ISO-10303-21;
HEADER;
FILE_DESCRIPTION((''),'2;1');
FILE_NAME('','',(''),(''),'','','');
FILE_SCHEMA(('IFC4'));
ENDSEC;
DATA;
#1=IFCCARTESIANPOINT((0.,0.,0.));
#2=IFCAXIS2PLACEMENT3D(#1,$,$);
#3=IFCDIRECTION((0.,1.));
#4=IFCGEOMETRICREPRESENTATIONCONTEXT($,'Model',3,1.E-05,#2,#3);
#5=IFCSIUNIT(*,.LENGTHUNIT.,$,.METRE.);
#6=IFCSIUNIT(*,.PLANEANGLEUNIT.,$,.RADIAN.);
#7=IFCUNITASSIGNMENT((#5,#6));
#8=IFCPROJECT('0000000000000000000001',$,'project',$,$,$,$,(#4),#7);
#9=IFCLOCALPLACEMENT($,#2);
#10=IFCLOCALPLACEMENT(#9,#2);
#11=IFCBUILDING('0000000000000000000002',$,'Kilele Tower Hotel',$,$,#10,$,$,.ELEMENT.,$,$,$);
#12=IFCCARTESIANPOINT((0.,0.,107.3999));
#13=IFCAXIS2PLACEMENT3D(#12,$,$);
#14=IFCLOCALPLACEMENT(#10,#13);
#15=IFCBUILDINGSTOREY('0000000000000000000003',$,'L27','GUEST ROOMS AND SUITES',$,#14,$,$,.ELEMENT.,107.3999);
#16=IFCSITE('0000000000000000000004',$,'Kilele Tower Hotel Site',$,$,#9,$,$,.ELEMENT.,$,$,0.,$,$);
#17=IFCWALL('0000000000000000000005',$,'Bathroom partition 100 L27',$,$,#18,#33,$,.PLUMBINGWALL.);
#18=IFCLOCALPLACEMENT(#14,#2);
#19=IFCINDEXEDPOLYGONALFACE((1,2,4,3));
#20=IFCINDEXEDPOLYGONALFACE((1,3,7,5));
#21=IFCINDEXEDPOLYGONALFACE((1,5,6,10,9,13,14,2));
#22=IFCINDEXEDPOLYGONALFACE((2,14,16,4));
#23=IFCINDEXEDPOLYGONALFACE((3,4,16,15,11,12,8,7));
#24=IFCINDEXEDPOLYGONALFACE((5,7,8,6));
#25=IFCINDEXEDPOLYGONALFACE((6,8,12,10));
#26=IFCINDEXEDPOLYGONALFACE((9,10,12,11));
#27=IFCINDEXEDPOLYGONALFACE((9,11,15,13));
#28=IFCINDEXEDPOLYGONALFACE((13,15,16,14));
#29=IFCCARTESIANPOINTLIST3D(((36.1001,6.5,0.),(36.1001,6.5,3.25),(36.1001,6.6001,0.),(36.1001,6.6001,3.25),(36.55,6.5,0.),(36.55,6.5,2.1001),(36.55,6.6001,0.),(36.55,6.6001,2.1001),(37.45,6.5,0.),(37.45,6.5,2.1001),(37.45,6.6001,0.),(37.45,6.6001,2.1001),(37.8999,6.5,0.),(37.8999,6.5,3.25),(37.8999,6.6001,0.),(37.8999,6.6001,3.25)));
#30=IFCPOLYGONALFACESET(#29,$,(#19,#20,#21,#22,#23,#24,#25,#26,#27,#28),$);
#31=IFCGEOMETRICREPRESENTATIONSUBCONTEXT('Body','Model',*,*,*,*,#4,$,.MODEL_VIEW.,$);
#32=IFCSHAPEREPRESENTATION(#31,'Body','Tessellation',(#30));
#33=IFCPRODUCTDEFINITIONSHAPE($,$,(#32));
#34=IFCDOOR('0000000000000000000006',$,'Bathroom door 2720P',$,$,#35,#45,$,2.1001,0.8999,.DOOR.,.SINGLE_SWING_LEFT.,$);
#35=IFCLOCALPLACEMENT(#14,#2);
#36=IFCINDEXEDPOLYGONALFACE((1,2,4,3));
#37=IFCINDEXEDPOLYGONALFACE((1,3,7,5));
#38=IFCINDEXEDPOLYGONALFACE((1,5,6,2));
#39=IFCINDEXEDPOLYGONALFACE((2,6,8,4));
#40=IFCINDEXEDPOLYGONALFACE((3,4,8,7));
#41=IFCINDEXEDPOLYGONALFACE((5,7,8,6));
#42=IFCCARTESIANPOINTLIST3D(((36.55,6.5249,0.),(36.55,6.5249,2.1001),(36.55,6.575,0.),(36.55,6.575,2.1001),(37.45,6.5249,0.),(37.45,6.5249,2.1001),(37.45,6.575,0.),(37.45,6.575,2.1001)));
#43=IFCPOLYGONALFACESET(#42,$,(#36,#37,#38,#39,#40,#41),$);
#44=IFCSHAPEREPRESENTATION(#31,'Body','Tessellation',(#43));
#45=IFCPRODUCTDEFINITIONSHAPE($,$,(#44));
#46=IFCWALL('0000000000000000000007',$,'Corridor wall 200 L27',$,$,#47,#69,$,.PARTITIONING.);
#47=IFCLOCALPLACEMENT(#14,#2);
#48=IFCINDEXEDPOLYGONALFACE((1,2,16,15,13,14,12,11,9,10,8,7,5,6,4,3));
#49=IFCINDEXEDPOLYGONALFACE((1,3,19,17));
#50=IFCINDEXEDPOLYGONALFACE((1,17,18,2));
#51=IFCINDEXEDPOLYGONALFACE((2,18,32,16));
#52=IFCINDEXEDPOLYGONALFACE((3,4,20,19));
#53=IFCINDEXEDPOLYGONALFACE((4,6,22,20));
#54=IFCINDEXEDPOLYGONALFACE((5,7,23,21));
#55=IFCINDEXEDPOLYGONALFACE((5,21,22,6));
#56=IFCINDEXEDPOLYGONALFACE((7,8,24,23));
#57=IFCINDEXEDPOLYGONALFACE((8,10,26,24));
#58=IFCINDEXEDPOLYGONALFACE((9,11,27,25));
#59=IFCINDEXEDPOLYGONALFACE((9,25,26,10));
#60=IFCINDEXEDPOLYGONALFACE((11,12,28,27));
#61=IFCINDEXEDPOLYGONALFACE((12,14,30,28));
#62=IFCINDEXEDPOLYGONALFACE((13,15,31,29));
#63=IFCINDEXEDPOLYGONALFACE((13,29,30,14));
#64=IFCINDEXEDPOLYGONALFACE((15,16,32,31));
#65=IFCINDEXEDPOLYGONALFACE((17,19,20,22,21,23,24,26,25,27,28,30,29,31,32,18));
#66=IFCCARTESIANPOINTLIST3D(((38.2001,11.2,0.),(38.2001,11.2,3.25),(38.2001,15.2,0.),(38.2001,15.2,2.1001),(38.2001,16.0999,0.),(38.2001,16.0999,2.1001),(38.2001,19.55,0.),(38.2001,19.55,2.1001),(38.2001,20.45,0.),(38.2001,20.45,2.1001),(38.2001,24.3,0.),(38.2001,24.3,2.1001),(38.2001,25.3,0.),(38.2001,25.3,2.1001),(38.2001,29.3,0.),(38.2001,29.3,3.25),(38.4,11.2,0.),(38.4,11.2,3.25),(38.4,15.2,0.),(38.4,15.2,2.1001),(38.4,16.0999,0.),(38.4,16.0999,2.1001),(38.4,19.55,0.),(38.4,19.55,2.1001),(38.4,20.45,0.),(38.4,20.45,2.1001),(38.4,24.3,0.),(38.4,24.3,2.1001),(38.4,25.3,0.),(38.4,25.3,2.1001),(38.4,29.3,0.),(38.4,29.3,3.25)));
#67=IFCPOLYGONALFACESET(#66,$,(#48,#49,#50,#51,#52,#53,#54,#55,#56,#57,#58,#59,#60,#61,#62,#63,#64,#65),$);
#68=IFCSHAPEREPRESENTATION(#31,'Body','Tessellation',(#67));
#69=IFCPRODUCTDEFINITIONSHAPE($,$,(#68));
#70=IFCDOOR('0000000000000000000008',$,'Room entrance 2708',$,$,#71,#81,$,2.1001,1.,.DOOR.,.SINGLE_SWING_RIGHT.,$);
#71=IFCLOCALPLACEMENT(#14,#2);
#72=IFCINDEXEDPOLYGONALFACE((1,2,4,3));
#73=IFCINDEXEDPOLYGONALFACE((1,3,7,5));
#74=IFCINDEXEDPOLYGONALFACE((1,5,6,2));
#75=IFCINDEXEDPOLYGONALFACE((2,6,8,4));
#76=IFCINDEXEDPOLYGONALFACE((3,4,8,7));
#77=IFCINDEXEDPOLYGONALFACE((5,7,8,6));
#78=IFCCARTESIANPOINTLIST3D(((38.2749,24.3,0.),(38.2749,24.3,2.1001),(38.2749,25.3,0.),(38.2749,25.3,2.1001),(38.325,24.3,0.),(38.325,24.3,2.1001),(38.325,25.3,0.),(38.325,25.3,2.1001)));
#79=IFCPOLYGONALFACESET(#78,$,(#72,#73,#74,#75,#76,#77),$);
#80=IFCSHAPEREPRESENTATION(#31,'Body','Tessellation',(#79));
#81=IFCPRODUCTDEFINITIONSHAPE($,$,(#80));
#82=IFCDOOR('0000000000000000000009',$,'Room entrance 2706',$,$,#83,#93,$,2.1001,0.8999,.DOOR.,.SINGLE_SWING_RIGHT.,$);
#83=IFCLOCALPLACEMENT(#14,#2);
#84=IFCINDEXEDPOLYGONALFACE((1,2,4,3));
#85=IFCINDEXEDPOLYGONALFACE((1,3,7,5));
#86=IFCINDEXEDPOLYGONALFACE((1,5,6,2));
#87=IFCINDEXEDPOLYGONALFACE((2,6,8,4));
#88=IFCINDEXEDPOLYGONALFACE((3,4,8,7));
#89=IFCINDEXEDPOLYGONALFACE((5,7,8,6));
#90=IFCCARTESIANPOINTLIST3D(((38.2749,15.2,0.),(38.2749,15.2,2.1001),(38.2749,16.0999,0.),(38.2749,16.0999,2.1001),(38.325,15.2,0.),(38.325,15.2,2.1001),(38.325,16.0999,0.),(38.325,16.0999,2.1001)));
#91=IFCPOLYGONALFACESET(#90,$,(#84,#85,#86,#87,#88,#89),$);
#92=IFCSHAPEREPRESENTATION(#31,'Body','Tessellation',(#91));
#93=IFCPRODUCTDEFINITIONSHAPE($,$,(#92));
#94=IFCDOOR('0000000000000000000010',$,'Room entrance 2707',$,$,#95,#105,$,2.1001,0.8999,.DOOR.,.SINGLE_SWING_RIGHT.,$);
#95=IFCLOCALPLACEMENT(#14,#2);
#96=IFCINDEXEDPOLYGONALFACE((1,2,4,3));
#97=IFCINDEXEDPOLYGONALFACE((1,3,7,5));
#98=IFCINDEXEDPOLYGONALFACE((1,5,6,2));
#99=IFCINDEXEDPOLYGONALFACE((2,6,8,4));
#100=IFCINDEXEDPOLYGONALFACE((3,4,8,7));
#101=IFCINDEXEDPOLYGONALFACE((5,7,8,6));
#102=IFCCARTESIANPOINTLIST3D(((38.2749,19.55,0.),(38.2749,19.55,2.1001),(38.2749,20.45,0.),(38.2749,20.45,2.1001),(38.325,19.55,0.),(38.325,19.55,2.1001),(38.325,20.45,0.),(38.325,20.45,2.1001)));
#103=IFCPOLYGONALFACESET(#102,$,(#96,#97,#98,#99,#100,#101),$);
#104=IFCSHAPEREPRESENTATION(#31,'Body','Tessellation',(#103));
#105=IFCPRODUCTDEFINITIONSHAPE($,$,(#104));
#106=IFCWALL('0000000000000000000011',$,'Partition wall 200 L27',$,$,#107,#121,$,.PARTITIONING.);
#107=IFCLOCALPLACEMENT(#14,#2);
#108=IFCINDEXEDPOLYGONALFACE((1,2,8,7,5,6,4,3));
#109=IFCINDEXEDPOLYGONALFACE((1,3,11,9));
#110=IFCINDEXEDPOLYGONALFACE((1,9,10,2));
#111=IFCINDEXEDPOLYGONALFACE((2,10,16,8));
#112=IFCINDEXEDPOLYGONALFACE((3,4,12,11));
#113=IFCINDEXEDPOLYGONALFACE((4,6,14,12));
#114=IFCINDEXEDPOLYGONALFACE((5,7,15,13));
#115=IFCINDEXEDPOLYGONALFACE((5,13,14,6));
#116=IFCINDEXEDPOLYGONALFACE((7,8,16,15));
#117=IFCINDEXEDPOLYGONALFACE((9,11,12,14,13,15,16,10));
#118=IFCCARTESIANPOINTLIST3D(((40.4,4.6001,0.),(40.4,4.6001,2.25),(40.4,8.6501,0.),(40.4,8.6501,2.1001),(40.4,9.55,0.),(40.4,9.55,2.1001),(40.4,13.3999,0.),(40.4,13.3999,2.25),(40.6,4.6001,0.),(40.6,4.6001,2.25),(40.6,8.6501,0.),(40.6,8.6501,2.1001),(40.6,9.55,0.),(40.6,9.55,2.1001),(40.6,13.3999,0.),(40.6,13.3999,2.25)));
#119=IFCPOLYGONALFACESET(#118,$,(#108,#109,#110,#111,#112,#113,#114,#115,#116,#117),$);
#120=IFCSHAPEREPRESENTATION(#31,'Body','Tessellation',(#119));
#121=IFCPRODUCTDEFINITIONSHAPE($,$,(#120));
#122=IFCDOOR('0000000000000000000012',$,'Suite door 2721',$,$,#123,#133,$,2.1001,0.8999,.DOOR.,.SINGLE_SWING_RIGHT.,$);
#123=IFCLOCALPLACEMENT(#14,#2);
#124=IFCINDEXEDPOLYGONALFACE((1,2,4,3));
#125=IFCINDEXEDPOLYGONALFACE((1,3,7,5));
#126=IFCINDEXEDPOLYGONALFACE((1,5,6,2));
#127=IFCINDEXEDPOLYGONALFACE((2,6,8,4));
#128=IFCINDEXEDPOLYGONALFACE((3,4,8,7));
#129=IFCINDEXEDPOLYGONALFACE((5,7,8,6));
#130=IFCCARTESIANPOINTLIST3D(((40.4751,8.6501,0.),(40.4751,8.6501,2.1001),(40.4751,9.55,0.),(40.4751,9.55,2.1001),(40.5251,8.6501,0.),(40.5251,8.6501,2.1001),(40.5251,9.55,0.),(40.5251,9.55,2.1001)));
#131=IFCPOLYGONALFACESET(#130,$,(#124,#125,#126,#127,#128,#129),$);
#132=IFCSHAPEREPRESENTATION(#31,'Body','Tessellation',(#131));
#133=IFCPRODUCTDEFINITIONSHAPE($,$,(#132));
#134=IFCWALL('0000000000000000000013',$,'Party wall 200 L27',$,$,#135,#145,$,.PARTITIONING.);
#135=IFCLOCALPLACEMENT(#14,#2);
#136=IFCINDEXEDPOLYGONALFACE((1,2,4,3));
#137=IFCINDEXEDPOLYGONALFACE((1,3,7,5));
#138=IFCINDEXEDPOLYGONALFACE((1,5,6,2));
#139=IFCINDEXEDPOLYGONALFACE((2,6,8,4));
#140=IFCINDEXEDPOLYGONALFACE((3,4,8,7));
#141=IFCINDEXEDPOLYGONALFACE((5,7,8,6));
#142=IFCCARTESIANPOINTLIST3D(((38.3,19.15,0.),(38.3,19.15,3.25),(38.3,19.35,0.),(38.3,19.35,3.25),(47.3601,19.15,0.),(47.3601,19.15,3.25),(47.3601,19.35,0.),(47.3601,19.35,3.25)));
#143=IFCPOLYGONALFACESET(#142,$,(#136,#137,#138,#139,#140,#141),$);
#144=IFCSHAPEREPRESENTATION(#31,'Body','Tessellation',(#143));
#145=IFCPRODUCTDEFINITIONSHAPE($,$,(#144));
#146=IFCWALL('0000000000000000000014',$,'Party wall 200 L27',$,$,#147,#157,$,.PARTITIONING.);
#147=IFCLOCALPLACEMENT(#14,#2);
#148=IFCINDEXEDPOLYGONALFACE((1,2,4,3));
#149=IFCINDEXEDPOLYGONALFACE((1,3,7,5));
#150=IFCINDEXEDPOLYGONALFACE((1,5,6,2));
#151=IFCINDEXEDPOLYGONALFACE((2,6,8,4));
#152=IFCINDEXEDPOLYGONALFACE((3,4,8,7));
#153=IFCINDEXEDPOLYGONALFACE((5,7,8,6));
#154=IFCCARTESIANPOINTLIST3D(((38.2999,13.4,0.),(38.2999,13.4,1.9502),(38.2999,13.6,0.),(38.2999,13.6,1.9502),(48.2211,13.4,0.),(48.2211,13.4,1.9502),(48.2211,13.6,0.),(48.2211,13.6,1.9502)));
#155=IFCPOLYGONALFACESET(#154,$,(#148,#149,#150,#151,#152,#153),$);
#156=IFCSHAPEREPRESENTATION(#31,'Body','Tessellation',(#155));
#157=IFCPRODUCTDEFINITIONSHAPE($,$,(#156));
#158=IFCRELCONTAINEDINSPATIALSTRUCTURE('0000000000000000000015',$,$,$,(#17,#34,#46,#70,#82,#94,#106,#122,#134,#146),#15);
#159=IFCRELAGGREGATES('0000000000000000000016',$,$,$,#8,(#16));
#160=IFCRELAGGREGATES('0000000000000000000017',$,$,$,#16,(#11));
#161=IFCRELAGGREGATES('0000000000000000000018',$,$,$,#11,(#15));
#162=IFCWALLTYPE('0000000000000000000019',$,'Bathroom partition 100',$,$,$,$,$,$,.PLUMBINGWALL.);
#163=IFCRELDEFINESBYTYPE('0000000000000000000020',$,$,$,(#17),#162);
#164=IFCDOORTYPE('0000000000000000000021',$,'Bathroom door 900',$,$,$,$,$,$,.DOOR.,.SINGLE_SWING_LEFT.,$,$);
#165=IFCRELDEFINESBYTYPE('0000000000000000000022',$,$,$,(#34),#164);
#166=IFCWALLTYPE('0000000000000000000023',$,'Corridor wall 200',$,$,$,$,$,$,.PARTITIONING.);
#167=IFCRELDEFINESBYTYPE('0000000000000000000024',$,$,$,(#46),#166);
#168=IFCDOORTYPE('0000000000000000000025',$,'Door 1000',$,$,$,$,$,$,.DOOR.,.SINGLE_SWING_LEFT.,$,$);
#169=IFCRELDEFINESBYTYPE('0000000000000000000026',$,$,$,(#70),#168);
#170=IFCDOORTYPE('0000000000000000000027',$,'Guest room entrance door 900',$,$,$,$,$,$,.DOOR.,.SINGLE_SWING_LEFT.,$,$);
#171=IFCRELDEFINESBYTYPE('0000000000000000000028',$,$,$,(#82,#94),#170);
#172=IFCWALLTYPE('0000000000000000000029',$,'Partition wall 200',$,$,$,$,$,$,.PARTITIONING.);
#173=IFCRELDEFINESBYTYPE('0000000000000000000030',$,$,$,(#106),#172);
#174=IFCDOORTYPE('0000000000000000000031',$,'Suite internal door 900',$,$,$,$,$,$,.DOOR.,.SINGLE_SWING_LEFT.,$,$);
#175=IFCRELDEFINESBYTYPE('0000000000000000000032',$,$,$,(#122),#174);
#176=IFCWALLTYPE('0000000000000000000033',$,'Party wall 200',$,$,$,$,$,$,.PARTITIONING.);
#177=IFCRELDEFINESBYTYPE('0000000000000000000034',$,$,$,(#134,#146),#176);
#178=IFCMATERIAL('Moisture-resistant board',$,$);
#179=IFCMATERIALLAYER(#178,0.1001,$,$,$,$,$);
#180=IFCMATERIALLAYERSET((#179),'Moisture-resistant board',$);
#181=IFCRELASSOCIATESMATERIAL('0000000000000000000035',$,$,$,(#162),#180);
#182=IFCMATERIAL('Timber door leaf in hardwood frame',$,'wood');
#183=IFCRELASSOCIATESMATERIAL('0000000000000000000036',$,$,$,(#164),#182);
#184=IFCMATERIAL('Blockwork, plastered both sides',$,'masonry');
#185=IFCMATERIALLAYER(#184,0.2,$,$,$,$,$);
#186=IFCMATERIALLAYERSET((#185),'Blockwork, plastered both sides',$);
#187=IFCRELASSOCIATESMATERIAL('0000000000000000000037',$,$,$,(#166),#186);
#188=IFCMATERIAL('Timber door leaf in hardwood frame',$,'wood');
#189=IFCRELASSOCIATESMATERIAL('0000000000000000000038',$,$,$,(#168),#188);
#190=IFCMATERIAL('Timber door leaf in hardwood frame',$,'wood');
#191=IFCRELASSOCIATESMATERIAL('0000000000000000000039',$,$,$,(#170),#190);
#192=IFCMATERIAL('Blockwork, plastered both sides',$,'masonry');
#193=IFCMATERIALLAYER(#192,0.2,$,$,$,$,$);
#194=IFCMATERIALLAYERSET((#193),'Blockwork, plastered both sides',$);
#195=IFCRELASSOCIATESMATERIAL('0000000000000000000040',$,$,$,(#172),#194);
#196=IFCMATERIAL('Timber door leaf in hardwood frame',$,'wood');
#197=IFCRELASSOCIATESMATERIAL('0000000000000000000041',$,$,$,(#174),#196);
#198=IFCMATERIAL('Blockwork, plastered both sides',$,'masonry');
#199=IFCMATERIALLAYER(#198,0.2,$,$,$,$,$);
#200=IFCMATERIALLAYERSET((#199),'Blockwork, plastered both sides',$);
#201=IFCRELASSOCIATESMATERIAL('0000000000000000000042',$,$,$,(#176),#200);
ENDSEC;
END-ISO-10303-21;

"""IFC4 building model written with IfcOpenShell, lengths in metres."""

from ifc_helpers import new_model, si_unit, direction, frame, frame_2d, origin, place, context, subcontext, project, spatial, rectangle, extrude, material, layer, layer_set, type_object, element, fill, save


model = new_model("IFC4")

# Units and contexts
model_context = context("Model", 3, precision=1e-05, world=origin(), true_north=direction((0.0, 1.0)))
body_context = subcontext(model_context, "Body", "Model", "MODEL_VIEW")
ifc_project = project(units=[si_unit("LENGTHUNIT", "METRE"), si_unit("PLANEANGLEUNIT", "RADIAN")], contexts=[model_context])

# Site, building, storey
site_placement = place(None, origin())
site = spatial("IfcSite", under=ifc_project, at=site_placement, Name="Kilele Tower Hotel Site", CompositionType="ELEMENT", RefElevation=0.0)
building_placement = place(site_placement, origin())
building = spatial("IfcBuilding", under=site, at=building_placement, Name="Kilele Tower Hotel", CompositionType="ELEMENT")
storey_placement = place(building_placement, frame((0.0, 0.0, 107.3999)))
storey = spatial("IfcBuildingStorey", under=building, at=storey_placement, Name="L27", Description="GUEST ROOMS AND SUITES", CompositionType="ELEMENT", Elevation=107.3999)

# Shared definitions
ifc_material_1 = material(Name="Moisture-resistant board")
ifc_layer_1 = layer(ifc_material_1, 0.1001)
ifc_layer_set_1 = layer_set([ifc_layer_1], Name="Moisture-resistant board")
wall_type_1 = type_object("IfcWallType", Name="Bathroom partition 100", PredefinedType="PLUMBINGWALL", material=ifc_layer_set_1)

# Wall, opening, door
ifc_material_2 = material(Name="Timber door leaf in hardwood frame", Category="wood")
door_type_1 = type_object("IfcDoorType", Name="Bathroom door 900", OperationType="SINGLE_SWING_LEFT", PredefinedType="DOOR", material=ifc_material_2)
wall_1_placement = place(storey_placement, frame((36.1001, 6.55, 0.0), z_axis=(0.0, 0.0, 1.0), x_axis=(1.0, 0.0, 0.0)))
wall_1 = element("IfcWall", 1, at=wall_1_placement, inside=storey, type_object=wall_type_1, Name="Bathroom partition 100 L27", PredefinedType="PLUMBINGWALL", context=body_context, shape_type="SweptSolid", body=[
    extrude(rectangle(XDim=1.7998, YDim=0.1001, at=frame_2d((0.8999, 0.0))), origin(), (0.0, 0.0, 1.0), 3.25),
])
opening_1_placement = place(wall_1_placement, frame((0.45, 0.0, 0.0)))
opening_1 = element("IfcOpeningElement", 2, at=opening_1_placement, cuts=wall_1, PredefinedType="OPENING", context=body_context, shape_type="SweptSolid", body=[
    extrude(rectangle(XDim=0.8999, YDim=2.1001, at=frame_2d((0.45, 1.05))), frame((0.0, 0.0601, 0.0), z_axis=(0.0, -1.0, 0.0), x_axis=(1.0, 0.0, 0.0)), (0.0, 0.0, 1.0), 0.1201),
])
door_1_placement = place(opening_1_placement, origin())
door_1 = element("IfcDoor", 3, at=door_1_placement, inside=storey, type_object=door_type_1, Name="Bathroom door 2720P", OperationType="SINGLE_SWING_LEFT", OverallHeight=2.1001, OverallWidth=0.8999, PredefinedType="DOOR", context=body_context, shape_type="SweptSolid", body=[
    extrude(rectangle(XDim=0.8999, YDim=2.1001, at=frame_2d((0.45, 1.05))), frame((0.0, 0.0249, 0.0), z_axis=(0.0, -1.0, 0.0), x_axis=(1.0, 0.0, 0.0)), (0.0, 0.0, 1.0), 0.05),
])
fill(opening_1, door_1)

# Wall, openings, doors
ifc_material_3 = material(Name="Blockwork, plastered both sides", Category="masonry")
ifc_layer_2 = layer(ifc_material_3, 0.2)
ifc_layer_set_2 = layer_set([ifc_layer_2], Name="Blockwork, plastered both sides")
wall_type_2 = type_object("IfcWallType", Name="Corridor wall 200", PredefinedType="PARTITIONING", material=ifc_layer_set_2)
wall_2_placement = place(storey_placement, frame((38.3, 11.2, 0.0), z_axis=(0.0, 0.0, 1.0), x_axis=(0.0, 1.0, 0.0)))
wall_2 = element("IfcWall", 4, at=wall_2_placement, inside=storey, type_object=wall_type_2, Name="Corridor wall 200 L27", PredefinedType="PARTITIONING", context=body_context, shape_type="SweptSolid", body=[
    extrude(rectangle(XDim=18.1001, YDim=0.2, at=frame_2d((9.05, 0.0))), origin(), (0.0, 0.0, 1.0), 3.25),
])
opening_2_placement = place(wall_2_placement, frame((4.8999, 0.0, 0.0), z_axis=(0.0, 0.0, 1.0), x_axis=(-1.0, 0.0, 0.0)))
opening_2 = element("IfcOpeningElement", 5, at=opening_2_placement, cuts=wall_2, PredefinedType="OPENING", context=body_context, shape_type="SweptSolid", body=[
    extrude(rectangle(XDim=0.8999, YDim=2.1001, at=frame_2d((0.45, 1.05))), frame((0.0, 0.1099, 0.0), z_axis=(0.0, -1.0, 0.0), x_axis=(1.0, 0.0, 0.0)), (0.0, 0.0, 1.0), 0.22),
])
opening_3_placement = place(wall_2_placement, frame((9.25, 0.0, 0.0), z_axis=(0.0, 0.0, 1.0), x_axis=(-1.0, 0.0, 0.0)))
opening_3 = element("IfcOpeningElement", 6, at=opening_3_placement, cuts=wall_2, PredefinedType="OPENING", context=body_context, shape_type="SweptSolid", body=[
    extrude(rectangle(XDim=0.8999, YDim=2.1001, at=frame_2d((0.45, 1.05))), frame((0.0, 0.1099, 0.0), z_axis=(0.0, -1.0, 0.0), x_axis=(1.0, 0.0, 0.0)), (0.0, 0.0, 1.0), 0.22),
])
opening_4_placement = place(wall_2_placement, frame((14.1001, 0.0, 0.0), z_axis=(0.0, 0.0, 1.0), x_axis=(-1.0, 0.0, 0.0)))
opening_4 = element("IfcOpeningElement", 7, at=opening_4_placement, cuts=wall_2, PredefinedType="OPENING", context=body_context, shape_type="SweptSolid", body=[
    extrude(rectangle(XDim=1.0, YDim=2.1001, at=frame_2d((0.5, 1.05))), frame((0.0, 0.1099, 0.0), z_axis=(0.0, -1.0, 0.0), x_axis=(1.0, 0.0, 0.0)), (0.0, 0.0, 1.0), 0.22),
])
ifc_material_4 = material(Name="Timber door leaf in hardwood frame", Category="wood")
door_type_2 = type_object("IfcDoorType", Name="Door 1000", OperationType="SINGLE_SWING_LEFT", PredefinedType="DOOR", material=ifc_material_4)
door_2_placement = place(opening_4_placement, origin())
door_2 = element("IfcDoor", 8, at=door_2_placement, inside=storey, type_object=door_type_2, Name="Room entrance 2708", OperationType="SINGLE_SWING_RIGHT", OverallHeight=2.1001, OverallWidth=1.0, PredefinedType="DOOR", context=body_context, shape_type="SweptSolid", body=[
    extrude(rectangle(XDim=1.0, YDim=2.1001, at=frame_2d((0.5, 1.05))), frame((0.0, 0.0249, 0.0), z_axis=(0.0, -1.0, 0.0), x_axis=(1.0, 0.0, 0.0)), (0.0, 0.0, 1.0), 0.05),
])
fill(opening_4, door_2)
ifc_material_5 = material(Name="Timber door leaf in hardwood frame", Category="wood")
door_type_3 = type_object("IfcDoorType", Name="Guest room entrance door 900", OperationType="SINGLE_SWING_LEFT", PredefinedType="DOOR", material=ifc_material_5)
door_3_placement = place(opening_2_placement, origin())
door_3 = element("IfcDoor", 9, at=door_3_placement, inside=storey, type_object=door_type_3, Name="Room entrance 2706", OperationType="SINGLE_SWING_RIGHT", OverallHeight=2.1001, OverallWidth=0.8999, PredefinedType="DOOR", context=body_context, shape_type="SweptSolid", body=[
    extrude(rectangle(XDim=0.8999, YDim=2.1001, at=frame_2d((0.45, 1.05))), frame((0.0, 0.0249, 0.0), z_axis=(0.0, -1.0, 0.0), x_axis=(1.0, 0.0, 0.0)), (0.0, 0.0, 1.0), 0.05),
])
fill(opening_2, door_3)
door_4_placement = place(opening_3_placement, origin())
door_4 = element("IfcDoor", 10, at=door_4_placement, inside=storey, type_object=door_type_3, Name="Room entrance 2707", OperationType="SINGLE_SWING_RIGHT", OverallHeight=2.1001, OverallWidth=0.8999, PredefinedType="DOOR", context=body_context, shape_type="SweptSolid", body=[
    extrude(rectangle(XDim=0.8999, YDim=2.1001, at=frame_2d((0.45, 1.05))), frame((0.0, 0.0249, 0.0), z_axis=(0.0, -1.0, 0.0), x_axis=(1.0, 0.0, 0.0)), (0.0, 0.0, 1.0), 0.05),
])
fill(opening_3, door_4)

# Wall, opening, door
ifc_material_6 = material(Name="Blockwork, plastered both sides", Category="masonry")
ifc_layer_3 = layer(ifc_material_6, 0.2)
ifc_layer_set_3 = layer_set([ifc_layer_3], Name="Blockwork, plastered both sides")
wall_type_3 = type_object("IfcWallType", Name="Partition wall 200", PredefinedType="PARTITIONING", material=ifc_layer_set_3)
wall_3_placement = place(storey_placement, frame((40.5, 4.6001, 0.0), z_axis=(0.0, 0.0, 1.0), x_axis=(0.0, 1.0, 0.0)))
wall_3 = element("IfcWall", 11, at=wall_3_placement, inside=storey, type_object=wall_type_3, Name="Partition wall 200 L27", PredefinedType="PARTITIONING", context=body_context, shape_type="SweptSolid", body=[
    extrude(rectangle(XDim=8.7998, YDim=0.2, at=frame_2d((4.3999, 0.0))), origin(), (0.0, 0.0, 1.0), 2.25),
])
opening_5_placement = place(wall_3_placement, frame((4.05, 0.0, 0.0)))
opening_5 = element("IfcOpeningElement", 12, at=opening_5_placement, cuts=wall_3, PredefinedType="OPENING", context=body_context, shape_type="SweptSolid", body=[
    extrude(rectangle(XDim=0.8999, YDim=2.1001, at=frame_2d((0.45, 1.05))), frame((0.0, 0.1099, 0.0), z_axis=(0.0, -1.0, 0.0), x_axis=(1.0, 0.0, 0.0)), (0.0, 0.0, 1.0), 0.22),
])
ifc_material_7 = material(Name="Timber door leaf in hardwood frame", Category="wood")
door_type_4 = type_object("IfcDoorType", Name="Suite internal door 900", OperationType="SINGLE_SWING_LEFT", PredefinedType="DOOR", material=ifc_material_7)
door_5_placement = place(opening_5_placement, origin())
door_5 = element("IfcDoor", 13, at=door_5_placement, inside=storey, type_object=door_type_4, Name="Suite door 2721", OperationType="SINGLE_SWING_RIGHT", OverallHeight=2.1001, OverallWidth=0.8999, PredefinedType="DOOR", context=body_context, shape_type="SweptSolid", body=[
    extrude(rectangle(XDim=0.8999, YDim=2.1001, at=frame_2d((0.45, 1.05))), frame((0.0, 0.0249, 0.0), z_axis=(0.0, -1.0, 0.0), x_axis=(1.0, 0.0, 0.0)), (0.0, 0.0, 1.0), 0.05),
])
fill(opening_5, door_5)

# Walls
ifc_material_8 = material(Name="Blockwork, plastered both sides", Category="masonry")
ifc_layer_4 = layer(ifc_material_8, 0.2)
ifc_layer_set_4 = layer_set([ifc_layer_4], Name="Blockwork, plastered both sides")
wall_type_4 = type_object("IfcWallType", Name="Party wall 200", PredefinedType="PARTITIONING", material=ifc_layer_set_4)
wall_4_placement = place(storey_placement, frame((38.3, 19.25, 0.0), z_axis=(0.0, 0.0, 1.0), x_axis=(1.0, 0.0, 0.0)))
element("IfcWall", 14, at=wall_4_placement, inside=storey, type_object=wall_type_4, Name="Party wall 200 L27", PredefinedType="PARTITIONING", context=body_context, shape_type="SweptSolid", body=[
    extrude(rectangle(XDim=9.0601, YDim=0.2, at=frame_2d((4.53, 0.0))), origin(), (0.0, 0.0, 1.0), 3.25),
])
wall_5_placement = place(storey_placement, frame((38.3, 13.5, 0.0), z_axis=(0.0, 0.0, 1.0), x_axis=(1.0, 0.0, 0.0)))
element("IfcWall", 15, at=wall_5_placement, inside=storey, type_object=wall_type_4, Name="Party wall 200 L27", PredefinedType="PARTITIONING", context=body_context, shape_type="SweptSolid", body=[
    extrude(rectangle(XDim=9.9211, YDim=0.2, at=frame_2d((4.9604, 0.0))), origin(), (0.0, 0.0, 1.0), 1.9502),
])

save(model, "model.ifc")
